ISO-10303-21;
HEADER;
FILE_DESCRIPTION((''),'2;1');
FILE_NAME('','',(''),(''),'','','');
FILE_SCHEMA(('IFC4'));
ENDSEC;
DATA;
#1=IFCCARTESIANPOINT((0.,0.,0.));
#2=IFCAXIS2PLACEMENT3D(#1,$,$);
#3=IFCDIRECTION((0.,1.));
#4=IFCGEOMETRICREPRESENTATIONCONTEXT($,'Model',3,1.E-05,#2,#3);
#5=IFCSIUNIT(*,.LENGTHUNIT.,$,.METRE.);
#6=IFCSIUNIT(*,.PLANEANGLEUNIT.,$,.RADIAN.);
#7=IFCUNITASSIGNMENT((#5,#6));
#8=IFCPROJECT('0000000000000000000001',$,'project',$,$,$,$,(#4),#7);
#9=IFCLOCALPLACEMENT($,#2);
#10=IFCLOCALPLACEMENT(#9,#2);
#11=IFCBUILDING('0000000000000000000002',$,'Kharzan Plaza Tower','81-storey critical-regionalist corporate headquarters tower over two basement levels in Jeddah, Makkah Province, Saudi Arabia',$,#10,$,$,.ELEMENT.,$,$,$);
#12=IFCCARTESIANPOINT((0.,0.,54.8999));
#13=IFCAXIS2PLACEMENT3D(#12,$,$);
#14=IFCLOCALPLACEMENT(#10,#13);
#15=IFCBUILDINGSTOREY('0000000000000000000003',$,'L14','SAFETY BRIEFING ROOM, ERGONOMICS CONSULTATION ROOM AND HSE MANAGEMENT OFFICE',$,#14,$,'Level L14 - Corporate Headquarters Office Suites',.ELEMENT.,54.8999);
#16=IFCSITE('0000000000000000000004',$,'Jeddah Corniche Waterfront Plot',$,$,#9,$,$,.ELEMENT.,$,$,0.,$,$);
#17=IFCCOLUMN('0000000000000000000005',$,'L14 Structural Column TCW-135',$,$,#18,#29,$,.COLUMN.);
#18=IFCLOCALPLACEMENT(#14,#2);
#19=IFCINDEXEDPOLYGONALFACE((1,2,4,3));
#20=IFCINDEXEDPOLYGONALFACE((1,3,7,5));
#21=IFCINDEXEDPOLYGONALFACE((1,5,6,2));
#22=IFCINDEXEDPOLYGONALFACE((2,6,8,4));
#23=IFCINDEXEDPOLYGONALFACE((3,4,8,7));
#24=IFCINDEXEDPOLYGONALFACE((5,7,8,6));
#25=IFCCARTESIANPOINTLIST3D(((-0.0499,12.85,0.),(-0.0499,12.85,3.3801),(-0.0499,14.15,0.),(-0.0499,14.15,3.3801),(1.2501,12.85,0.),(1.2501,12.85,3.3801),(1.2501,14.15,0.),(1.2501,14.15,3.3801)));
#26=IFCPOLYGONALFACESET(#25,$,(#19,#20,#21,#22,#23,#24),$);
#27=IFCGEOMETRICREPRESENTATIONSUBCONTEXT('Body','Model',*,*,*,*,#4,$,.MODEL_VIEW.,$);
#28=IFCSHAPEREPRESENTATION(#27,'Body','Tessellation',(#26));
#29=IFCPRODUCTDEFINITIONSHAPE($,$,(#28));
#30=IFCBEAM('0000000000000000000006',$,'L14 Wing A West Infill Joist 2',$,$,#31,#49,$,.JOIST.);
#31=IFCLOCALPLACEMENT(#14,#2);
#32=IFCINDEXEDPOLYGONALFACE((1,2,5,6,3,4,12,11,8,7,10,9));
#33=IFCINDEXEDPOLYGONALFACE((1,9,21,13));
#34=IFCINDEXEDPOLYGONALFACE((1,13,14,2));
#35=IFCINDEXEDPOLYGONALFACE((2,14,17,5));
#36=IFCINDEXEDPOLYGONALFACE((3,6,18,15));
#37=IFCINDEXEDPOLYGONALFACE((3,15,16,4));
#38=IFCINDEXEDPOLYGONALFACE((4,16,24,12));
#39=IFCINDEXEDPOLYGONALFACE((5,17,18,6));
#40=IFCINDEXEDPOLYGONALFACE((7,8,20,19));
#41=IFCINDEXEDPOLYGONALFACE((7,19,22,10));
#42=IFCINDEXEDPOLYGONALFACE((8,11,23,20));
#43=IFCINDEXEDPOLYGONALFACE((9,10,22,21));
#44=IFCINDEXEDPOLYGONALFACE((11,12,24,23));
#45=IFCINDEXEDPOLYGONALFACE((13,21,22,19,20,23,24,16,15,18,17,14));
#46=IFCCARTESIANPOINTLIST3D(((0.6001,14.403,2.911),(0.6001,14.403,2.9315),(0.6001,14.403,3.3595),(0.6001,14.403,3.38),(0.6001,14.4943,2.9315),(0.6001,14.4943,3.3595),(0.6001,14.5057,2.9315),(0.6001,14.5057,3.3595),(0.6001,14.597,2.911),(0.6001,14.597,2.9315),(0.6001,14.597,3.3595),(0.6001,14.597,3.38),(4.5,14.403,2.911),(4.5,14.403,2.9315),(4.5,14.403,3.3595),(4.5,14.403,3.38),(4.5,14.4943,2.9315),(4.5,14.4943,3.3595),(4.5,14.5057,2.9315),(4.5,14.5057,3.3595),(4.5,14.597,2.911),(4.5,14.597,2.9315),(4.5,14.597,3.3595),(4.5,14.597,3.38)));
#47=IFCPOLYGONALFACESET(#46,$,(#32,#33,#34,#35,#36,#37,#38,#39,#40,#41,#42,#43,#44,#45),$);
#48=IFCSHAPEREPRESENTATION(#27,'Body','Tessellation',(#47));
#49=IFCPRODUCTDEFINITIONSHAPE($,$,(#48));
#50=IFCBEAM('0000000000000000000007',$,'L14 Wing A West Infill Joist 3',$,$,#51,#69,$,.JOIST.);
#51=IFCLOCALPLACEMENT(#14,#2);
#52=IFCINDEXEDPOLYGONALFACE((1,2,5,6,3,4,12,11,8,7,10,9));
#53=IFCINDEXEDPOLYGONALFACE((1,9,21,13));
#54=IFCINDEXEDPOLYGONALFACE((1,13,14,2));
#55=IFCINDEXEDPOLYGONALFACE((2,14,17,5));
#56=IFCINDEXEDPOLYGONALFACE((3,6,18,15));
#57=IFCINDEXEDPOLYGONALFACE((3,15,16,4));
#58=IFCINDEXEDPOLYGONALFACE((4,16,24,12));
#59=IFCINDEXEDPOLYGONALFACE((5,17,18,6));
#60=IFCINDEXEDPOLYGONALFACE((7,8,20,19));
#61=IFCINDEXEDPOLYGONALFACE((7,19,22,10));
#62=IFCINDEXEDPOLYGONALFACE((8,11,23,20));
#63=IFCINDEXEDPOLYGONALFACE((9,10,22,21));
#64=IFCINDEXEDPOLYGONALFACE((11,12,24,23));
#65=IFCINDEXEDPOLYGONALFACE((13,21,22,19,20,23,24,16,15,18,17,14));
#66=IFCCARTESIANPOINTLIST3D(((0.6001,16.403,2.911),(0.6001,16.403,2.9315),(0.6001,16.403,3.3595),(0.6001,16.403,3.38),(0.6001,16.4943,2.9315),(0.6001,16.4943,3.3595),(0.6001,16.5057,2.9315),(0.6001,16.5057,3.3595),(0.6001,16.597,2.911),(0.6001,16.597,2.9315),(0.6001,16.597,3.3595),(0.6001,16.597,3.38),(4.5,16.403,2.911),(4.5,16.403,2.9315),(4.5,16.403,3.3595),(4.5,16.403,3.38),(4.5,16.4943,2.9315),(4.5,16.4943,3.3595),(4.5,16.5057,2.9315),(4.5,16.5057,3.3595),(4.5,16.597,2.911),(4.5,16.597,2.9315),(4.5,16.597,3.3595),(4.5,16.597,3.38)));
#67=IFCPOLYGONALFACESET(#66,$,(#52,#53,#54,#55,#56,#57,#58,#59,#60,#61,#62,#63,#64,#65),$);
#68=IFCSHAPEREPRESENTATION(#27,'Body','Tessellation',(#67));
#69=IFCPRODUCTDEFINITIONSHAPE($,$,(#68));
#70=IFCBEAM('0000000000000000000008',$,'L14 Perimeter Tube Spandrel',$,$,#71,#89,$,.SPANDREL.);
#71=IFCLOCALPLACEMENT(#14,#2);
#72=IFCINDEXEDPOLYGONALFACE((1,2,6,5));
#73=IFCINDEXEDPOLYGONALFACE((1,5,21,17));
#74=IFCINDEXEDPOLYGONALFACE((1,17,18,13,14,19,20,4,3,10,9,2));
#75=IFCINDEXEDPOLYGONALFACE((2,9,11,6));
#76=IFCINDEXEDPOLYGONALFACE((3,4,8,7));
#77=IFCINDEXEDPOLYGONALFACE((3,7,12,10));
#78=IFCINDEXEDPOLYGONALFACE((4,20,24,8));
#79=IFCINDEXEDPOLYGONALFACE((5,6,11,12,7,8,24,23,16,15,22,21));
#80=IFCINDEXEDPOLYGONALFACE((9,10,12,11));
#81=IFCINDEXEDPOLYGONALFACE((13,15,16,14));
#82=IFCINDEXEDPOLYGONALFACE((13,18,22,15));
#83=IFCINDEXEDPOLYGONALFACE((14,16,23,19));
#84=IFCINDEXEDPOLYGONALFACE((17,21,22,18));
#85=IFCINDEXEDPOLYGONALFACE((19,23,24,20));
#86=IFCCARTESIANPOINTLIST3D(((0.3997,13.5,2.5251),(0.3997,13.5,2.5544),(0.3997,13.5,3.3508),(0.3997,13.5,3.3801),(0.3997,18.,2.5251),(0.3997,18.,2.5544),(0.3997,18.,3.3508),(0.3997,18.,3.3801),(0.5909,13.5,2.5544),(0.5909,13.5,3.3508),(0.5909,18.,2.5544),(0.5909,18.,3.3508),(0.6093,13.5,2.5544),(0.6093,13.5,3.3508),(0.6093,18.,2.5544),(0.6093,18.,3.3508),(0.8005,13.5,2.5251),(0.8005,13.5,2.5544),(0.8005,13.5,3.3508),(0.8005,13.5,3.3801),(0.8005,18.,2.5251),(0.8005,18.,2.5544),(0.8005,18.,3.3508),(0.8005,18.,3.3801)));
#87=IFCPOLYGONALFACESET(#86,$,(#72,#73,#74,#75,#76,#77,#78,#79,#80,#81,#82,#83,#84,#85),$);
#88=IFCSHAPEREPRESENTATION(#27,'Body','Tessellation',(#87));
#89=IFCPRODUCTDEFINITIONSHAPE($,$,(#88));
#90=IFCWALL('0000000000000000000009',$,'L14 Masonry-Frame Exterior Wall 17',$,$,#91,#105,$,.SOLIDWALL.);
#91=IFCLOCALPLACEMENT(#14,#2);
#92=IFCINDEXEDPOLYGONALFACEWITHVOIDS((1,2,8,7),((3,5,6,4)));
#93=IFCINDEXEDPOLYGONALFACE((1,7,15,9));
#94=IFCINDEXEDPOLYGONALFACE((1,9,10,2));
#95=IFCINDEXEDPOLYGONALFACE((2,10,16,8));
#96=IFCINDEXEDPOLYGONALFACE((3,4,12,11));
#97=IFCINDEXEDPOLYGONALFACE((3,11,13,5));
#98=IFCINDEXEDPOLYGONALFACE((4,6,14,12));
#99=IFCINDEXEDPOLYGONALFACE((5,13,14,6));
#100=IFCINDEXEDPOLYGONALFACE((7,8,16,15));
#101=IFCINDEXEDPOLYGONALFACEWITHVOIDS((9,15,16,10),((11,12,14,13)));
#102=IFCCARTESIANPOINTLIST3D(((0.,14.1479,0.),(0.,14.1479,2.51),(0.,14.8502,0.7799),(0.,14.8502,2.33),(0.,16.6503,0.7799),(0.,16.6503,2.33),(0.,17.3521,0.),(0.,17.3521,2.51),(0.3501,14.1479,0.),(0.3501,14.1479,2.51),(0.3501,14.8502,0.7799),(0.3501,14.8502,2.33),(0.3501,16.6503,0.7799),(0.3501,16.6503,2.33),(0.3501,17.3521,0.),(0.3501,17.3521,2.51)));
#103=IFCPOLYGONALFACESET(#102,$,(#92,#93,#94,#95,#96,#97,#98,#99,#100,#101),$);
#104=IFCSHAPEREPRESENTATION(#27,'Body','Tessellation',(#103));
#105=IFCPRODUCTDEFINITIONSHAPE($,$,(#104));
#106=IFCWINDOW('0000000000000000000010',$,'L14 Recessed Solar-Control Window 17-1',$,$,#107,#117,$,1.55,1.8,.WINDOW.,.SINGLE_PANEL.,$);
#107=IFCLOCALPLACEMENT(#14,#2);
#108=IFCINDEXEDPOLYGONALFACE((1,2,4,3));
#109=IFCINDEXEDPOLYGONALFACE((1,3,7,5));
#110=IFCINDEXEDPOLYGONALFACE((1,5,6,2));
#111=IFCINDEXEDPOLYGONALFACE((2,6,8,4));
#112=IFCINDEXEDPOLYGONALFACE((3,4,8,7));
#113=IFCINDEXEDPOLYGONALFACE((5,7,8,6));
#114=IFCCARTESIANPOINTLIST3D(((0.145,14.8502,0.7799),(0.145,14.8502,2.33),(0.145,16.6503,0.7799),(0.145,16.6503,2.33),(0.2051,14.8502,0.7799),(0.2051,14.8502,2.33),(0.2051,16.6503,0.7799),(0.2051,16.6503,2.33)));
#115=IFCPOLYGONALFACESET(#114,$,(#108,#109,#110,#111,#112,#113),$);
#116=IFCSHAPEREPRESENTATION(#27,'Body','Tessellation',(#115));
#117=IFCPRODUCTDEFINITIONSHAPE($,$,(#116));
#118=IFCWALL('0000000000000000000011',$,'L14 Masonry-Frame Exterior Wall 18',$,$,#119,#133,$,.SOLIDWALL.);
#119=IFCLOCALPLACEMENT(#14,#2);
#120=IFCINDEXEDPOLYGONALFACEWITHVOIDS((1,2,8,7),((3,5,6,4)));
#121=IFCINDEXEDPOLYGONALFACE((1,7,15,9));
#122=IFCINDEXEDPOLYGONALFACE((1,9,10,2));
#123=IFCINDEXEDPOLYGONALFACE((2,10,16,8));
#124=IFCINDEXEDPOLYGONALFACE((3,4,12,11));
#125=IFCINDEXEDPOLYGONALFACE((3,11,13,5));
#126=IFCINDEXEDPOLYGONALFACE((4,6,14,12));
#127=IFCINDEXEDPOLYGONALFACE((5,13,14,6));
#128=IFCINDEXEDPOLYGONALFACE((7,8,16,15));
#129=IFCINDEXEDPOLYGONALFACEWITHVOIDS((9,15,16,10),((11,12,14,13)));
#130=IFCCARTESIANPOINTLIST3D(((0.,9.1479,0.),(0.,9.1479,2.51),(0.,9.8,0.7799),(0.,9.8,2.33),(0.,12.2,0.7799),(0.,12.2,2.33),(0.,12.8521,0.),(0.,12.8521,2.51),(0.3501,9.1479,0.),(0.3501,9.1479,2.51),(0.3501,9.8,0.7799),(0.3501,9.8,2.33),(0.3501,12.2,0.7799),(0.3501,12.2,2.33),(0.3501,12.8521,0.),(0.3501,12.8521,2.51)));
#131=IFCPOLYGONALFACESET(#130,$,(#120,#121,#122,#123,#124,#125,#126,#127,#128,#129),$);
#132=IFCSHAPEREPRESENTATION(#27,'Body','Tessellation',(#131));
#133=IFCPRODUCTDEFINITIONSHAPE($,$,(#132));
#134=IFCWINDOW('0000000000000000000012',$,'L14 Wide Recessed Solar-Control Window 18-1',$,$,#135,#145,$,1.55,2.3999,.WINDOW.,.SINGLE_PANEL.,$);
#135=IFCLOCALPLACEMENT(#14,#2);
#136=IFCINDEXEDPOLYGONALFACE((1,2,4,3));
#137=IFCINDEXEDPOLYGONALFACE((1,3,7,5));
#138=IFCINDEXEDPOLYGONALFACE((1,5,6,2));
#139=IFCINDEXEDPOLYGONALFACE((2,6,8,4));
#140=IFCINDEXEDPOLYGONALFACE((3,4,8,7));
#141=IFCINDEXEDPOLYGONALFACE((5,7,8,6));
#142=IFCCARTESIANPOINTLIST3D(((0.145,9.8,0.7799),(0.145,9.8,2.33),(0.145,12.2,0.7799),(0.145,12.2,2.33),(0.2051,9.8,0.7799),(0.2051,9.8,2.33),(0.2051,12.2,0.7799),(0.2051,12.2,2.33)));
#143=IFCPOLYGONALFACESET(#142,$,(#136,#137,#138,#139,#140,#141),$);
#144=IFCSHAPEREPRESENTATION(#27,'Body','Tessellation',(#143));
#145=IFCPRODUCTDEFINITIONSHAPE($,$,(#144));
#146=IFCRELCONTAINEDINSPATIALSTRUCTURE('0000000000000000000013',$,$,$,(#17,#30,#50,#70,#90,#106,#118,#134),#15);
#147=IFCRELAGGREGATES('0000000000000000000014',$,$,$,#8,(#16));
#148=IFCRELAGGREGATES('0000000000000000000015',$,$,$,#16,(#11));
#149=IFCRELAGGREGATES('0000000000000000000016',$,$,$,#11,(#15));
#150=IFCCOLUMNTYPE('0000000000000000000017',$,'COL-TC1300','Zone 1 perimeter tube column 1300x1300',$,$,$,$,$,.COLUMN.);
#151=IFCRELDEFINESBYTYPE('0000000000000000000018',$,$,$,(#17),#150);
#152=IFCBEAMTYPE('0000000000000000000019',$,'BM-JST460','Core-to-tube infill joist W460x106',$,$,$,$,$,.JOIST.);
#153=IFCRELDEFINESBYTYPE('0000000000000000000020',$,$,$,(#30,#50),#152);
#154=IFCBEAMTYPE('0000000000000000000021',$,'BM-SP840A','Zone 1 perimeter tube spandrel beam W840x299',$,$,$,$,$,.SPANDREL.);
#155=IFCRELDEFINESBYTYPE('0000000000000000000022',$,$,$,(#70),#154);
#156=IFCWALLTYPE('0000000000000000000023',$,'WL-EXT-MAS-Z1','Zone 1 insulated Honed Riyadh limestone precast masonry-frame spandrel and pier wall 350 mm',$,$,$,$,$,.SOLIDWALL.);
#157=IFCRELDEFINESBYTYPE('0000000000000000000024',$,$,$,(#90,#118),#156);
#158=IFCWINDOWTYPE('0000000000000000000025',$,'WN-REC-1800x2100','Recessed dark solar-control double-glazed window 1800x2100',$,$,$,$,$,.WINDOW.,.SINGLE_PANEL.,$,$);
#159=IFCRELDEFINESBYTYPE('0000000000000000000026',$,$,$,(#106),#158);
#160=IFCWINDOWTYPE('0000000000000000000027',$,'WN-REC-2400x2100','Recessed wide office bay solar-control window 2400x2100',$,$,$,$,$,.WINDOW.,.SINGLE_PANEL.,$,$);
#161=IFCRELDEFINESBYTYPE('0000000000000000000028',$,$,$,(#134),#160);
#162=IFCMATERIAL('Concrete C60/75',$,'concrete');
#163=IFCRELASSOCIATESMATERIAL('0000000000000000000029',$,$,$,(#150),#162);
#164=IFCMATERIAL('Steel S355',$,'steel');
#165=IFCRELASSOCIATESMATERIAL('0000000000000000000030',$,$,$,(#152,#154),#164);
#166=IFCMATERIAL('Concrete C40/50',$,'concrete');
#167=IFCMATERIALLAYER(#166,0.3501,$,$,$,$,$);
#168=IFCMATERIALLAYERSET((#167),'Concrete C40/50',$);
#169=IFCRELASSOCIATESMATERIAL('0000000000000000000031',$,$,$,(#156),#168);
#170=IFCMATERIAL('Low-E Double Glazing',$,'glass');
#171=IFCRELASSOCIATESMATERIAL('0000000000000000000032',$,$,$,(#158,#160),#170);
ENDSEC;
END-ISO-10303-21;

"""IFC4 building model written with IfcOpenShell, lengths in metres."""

from ifc_helpers import new_model, si_unit, direction, frame, frame_2d, origin, origin_2d, place, context, subcontext, project, spatial, rectangle, i_section, extrude, source, transform, mapped, material, layer, layer_set, material_profile, profile_set, type_object, element, fill, save


model = new_model("IFC4")

# Units and contexts
model_context = context("Model", 3, precision=1e-05, world=origin(), true_north=direction((0.0, 1.0)))
body_context = subcontext(model_context, "Body", "Model", "MODEL_VIEW")
ifc_project = project(units=[si_unit("LENGTHUNIT", "METRE"), si_unit("PLANEANGLEUNIT", "RADIAN")], contexts=[model_context])

# Site, building, storey
site_placement = place(None, origin())
site = spatial("IfcSite", under=ifc_project, at=site_placement, Name="Jeddah Corniche Waterfront Plot", CompositionType="ELEMENT", RefElevation=0.0)
building_placement = place(site_placement, origin())
building = spatial("IfcBuilding", under=site, at=building_placement, Name="Kharzan Plaza Tower", Description="81-storey critical-regionalist corporate headquarters tower over two basement levels in Jeddah, Makkah Province, Saudi Arabia", CompositionType="ELEMENT")
storey_placement = place(building_placement, frame((0.0, 0.0, 54.8999)))
storey = spatial("IfcBuildingStorey", under=building, at=storey_placement, Name="L14", Description="SAFETY BRIEFING ROOM, ERGONOMICS CONSULTATION ROOM AND HSE MANAGEMENT OFFICE", LongName="Level L14 - Corporate Headquarters Office Suites", CompositionType="ELEMENT", Elevation=54.8999)

# Column
ifc_material_1 = material(Name="Concrete C60/75", Category="concrete")
ifc_material_profile_1 = material_profile(ifc_material_1, rectangle(XDim=1.3, YDim=1.3, at=origin_2d()), Name="RC-TC1300x1300")
ifc_profile_set_1 = profile_set([ifc_material_profile_1], Name="Concrete C60/75")
column_type = type_object("IfcColumnType", Name="COL-TC1300", Description="Zone 1 perimeter tube column 1300x1300", PredefinedType="COLUMN", material=ifc_profile_set_1)
shared_shape_1 = source(origin(), body_context, "Body", "SweptSolid", [
    extrude(rectangle(XDim=1.3, YDim=1.3, at=origin_2d()), origin(), (0.0, 0.0, 1.0), 3.3801),
])
column_placement = place(storey_placement, frame((0.6001, 13.5, 0.0), z_axis=(0.0, 0.0, 1.0), x_axis=(1.0, 0.0, 0.0)))
element("IfcColumn", 1, at=column_placement, inside=storey, type_object=column_type, Name="L14 Structural Column TCW-135", PredefinedType="COLUMN", context=body_context, shape_type="MappedRepresentation", body=[
    mapped(shared_shape_1, transform((0.0, 0.0, 0.0), x_axis=(1.0, 0.0, 0.0), y_axis=(0.0, 1.0, 0.0), z_axis=(0.0, 0.0, 1.0))),
])

# Beams
ifc_material_2 = material(Name="Steel S355", Category="steel")
ifc_material_profile_2 = material_profile(ifc_material_2, i_section(OverallWidth=0.1941, OverallDepth=0.469, WebThickness=0.0115, FlangeThickness=0.0205, at=origin_2d()), Name="W460x106")
ifc_profile_set_2 = profile_set([ifc_material_profile_2], Name="Steel S355")
beam_type_1 = type_object("IfcBeamType", Name="BM-JST460", Description="Core-to-tube infill joist W460x106", PredefinedType="JOIST", material=ifc_profile_set_2)
shared_shape_2 = source(origin(), body_context, "Body", "SweptSolid", [
    extrude(i_section(OverallWidth=0.1941, OverallDepth=0.469, WebThickness=0.0115, FlangeThickness=0.0205, at=origin_2d()), origin(), (0.0, 0.0, 1.0), 3.8999),
])
for number, where, z_axis, x_axis, name in (
    (2, (0.6001, 14.5, 3.1455), (1.0, 0.0, 0.0), (0.0, 1.0, 0.0), "L14 Wing A West Infill Joist 2"),
    (3, (0.6001, 16.5, 3.1455), (1.0, 0.0, 0.0), (0.0, 1.0, 0.0), "L14 Wing A West Infill Joist 3"),
):
    element("IfcBeam", number, at=place(storey_placement, frame(where, z_axis=z_axis, x_axis=x_axis)), inside=storey, type_object=beam_type_1, Name=name, PredefinedType="JOIST", context=body_context, shape_type="MappedRepresentation", body=[
        mapped(shared_shape_2, transform((0.0, 0.0, 0.0), x_axis=(1.0, 0.0, 0.0), y_axis=(0.0, 1.0, 0.0), z_axis=(0.0, 0.0, 1.0))),
    ])
ifc_material_profile_3 = material_profile(ifc_material_2, i_section(OverallWidth=0.4009, OverallDepth=0.855, WebThickness=0.0183, FlangeThickness=0.0293, at=origin_2d()), Name="W840x299")
ifc_profile_set_3 = profile_set([ifc_material_profile_3], Name="Steel S355")
beam_type_2 = type_object("IfcBeamType", Name="BM-SP840A", Description="Zone 1 perimeter tube spandrel beam W840x299", PredefinedType="SPANDREL", material=ifc_profile_set_3)
shared_shape_3 = source(origin(), body_context, "Body", "SweptSolid", [
    extrude(i_section(OverallWidth=0.4009, OverallDepth=0.855, WebThickness=0.0183, FlangeThickness=0.0293, at=origin_2d()), origin(), (0.0, 0.0, 1.0), 4.5),
])
beam_placement = place(storey_placement, frame((0.6001, 13.5, 2.9526), z_axis=(0.0, 1.0, 0.0), x_axis=(-1.0, 0.0, 0.0)))
element("IfcBeam", 4, at=beam_placement, inside=storey, type_object=beam_type_2, Name="L14 Perimeter Tube Spandrel", PredefinedType="SPANDREL", context=body_context, shape_type="MappedRepresentation", body=[
    mapped(shared_shape_3, transform((0.0, 0.0, 0.0), x_axis=(1.0, 0.0, 0.0), y_axis=(0.0, 1.0, 0.0), z_axis=(0.0, 0.0, 1.0))),
])

# Walls, openings, windows
ifc_material_3 = material(Name="Concrete C40/50", Category="concrete")
ifc_layer_1 = layer(ifc_material_3, 0.3501)
ifc_layer_set_1 = layer_set([ifc_layer_1], Name="Concrete C40/50")
wall_type_1 = type_object("IfcWallType", Name="WL-EXT-MAS-Z1", Description="Zone 1 insulated Honed Riyadh limestone precast masonry-frame spandrel and pier wall 350 mm", PredefinedType="SOLIDWALL", material=ifc_layer_set_1)
wall_1_placement = place(storey_placement, frame((0.175, 17.3521, 0.0), z_axis=(0.0, 0.0, 1.0), x_axis=(0.0, -1.0, 0.0)))
wall_1 = element("IfcWall", 5, at=wall_1_placement, inside=storey, type_object=wall_type_1, Name="L14 Masonry-Frame Exterior Wall 17", PredefinedType="SOLIDWALL", context=body_context, shape_type="SweptSolid", body=[
    extrude(rectangle(XDim=3.2041, YDim=0.3501, at=frame_2d((1.6021, 0.0))), origin(), (0.0, 0.0, 1.0), 2.51),
])
opening_1_placement = place(wall_1_placement, frame((0.7019, 0.0, 0.78)))
opening_1 = element("IfcOpeningElement", 6, at=opening_1_placement, cuts=wall_1, PredefinedType="OPENING", context=body_context, shape_type="SweptSolid", body=[
    extrude(rectangle(XDim=1.8, YDim=1.55, at=frame_2d((0.8999, 0.7749))), frame((0.0, 0.1851, 0.0), z_axis=(0.0, -1.0, 0.0), x_axis=(1.0, 0.0, 0.0)), (0.0, 0.0, 1.0), 0.3701),
])
ifc_material_4 = material(Name="Low-E Double Glazing", Category="glass")
window_type_1 = type_object("IfcWindowType", Name="WN-REC-1800x2100", Description="Recessed dark solar-control double-glazed window 1800x2100", PartitioningType="SINGLE_PANEL", PredefinedType="WINDOW", material=ifc_material_4)
shared_shape_4 = source(origin(), body_context, "Body", "SweptSolid", [
    extrude(rectangle(XDim=1.8, YDim=1.55, at=frame_2d((0.8999, 0.7749))), frame((0.0, 0.03, 0.0), z_axis=(0.0, -1.0, 0.0), x_axis=(1.0, 0.0, 0.0)), (0.0, 0.0, 1.0), 0.0601),
])
window_1_placement = place(opening_1_placement, origin())
window_1 = element("IfcWindow", 7, at=window_1_placement, inside=storey, type_object=window_type_1, Name="L14 Recessed Solar-Control Window 17-1", OverallHeight=1.55, OverallWidth=1.8, PartitioningType="SINGLE_PANEL", PredefinedType="WINDOW", context=body_context, shape_type="MappedRepresentation", body=[
    mapped(shared_shape_4, transform((0.0, 0.0, 0.0), x_axis=(1.0, 0.0, 0.0), y_axis=(0.0, 1.0, 0.0), z_axis=(0.0, 0.0, 1.0))),
])
fill(opening_1, window_1)
wall_2_placement = place(storey_placement, frame((0.175, 12.8521, 0.0), z_axis=(0.0, 0.0, 1.0), x_axis=(0.0, -1.0, 0.0)))
wall_2 = element("IfcWall", 8, at=wall_2_placement, inside=storey, type_object=wall_type_1, Name="L14 Masonry-Frame Exterior Wall 18", PredefinedType="SOLIDWALL", context=body_context, shape_type="SweptSolid", body=[
    extrude(rectangle(XDim=3.7041, YDim=0.3501, at=frame_2d((1.8521, 0.0))), origin(), (0.0, 0.0, 1.0), 2.51),
])
opening_2_placement = place(wall_2_placement, frame((0.6521, 0.0, 0.78)))
opening_2 = element("IfcOpeningElement", 9, at=opening_2_placement, cuts=wall_2, PredefinedType="OPENING", context=body_context, shape_type="SweptSolid", body=[
    extrude(rectangle(XDim=2.3999, YDim=1.55, at=frame_2d((1.2, 0.7749))), frame((0.0, 0.1851, 0.0), z_axis=(0.0, -1.0, 0.0), x_axis=(1.0, 0.0, 0.0)), (0.0, 0.0, 1.0), 0.3701),
])
window_type_2 = type_object("IfcWindowType", Name="WN-REC-2400x2100", Description="Recessed wide office bay solar-control window 2400x2100", PartitioningType="SINGLE_PANEL", PredefinedType="WINDOW", material=ifc_material_4)
shared_shape_5 = source(origin(), body_context, "Body", "SweptSolid", [
    extrude(rectangle(XDim=2.3999, YDim=1.55, at=frame_2d((1.2, 0.7749))), frame((0.0, 0.03, 0.0), z_axis=(0.0, -1.0, 0.0), x_axis=(1.0, 0.0, 0.0)), (0.0, 0.0, 1.0), 0.0601),
])
window_2_placement = place(opening_2_placement, origin())
window_2 = element("IfcWindow", 10, at=window_2_placement, inside=storey, type_object=window_type_2, Name="L14 Wide Recessed Solar-Control Window 18-1", OverallHeight=1.55, OverallWidth=2.3999, PartitioningType="SINGLE_PANEL", PredefinedType="WINDOW", context=body_context, shape_type="MappedRepresentation", body=[
    mapped(shared_shape_5, transform((0.0, 0.0, 0.0), x_axis=(1.0, 0.0, 0.0), y_axis=(0.0, 1.0, 0.0), z_axis=(0.0, 0.0, 1.0))),
])
fill(opening_2, window_2)

save(model, "model.ifc")
